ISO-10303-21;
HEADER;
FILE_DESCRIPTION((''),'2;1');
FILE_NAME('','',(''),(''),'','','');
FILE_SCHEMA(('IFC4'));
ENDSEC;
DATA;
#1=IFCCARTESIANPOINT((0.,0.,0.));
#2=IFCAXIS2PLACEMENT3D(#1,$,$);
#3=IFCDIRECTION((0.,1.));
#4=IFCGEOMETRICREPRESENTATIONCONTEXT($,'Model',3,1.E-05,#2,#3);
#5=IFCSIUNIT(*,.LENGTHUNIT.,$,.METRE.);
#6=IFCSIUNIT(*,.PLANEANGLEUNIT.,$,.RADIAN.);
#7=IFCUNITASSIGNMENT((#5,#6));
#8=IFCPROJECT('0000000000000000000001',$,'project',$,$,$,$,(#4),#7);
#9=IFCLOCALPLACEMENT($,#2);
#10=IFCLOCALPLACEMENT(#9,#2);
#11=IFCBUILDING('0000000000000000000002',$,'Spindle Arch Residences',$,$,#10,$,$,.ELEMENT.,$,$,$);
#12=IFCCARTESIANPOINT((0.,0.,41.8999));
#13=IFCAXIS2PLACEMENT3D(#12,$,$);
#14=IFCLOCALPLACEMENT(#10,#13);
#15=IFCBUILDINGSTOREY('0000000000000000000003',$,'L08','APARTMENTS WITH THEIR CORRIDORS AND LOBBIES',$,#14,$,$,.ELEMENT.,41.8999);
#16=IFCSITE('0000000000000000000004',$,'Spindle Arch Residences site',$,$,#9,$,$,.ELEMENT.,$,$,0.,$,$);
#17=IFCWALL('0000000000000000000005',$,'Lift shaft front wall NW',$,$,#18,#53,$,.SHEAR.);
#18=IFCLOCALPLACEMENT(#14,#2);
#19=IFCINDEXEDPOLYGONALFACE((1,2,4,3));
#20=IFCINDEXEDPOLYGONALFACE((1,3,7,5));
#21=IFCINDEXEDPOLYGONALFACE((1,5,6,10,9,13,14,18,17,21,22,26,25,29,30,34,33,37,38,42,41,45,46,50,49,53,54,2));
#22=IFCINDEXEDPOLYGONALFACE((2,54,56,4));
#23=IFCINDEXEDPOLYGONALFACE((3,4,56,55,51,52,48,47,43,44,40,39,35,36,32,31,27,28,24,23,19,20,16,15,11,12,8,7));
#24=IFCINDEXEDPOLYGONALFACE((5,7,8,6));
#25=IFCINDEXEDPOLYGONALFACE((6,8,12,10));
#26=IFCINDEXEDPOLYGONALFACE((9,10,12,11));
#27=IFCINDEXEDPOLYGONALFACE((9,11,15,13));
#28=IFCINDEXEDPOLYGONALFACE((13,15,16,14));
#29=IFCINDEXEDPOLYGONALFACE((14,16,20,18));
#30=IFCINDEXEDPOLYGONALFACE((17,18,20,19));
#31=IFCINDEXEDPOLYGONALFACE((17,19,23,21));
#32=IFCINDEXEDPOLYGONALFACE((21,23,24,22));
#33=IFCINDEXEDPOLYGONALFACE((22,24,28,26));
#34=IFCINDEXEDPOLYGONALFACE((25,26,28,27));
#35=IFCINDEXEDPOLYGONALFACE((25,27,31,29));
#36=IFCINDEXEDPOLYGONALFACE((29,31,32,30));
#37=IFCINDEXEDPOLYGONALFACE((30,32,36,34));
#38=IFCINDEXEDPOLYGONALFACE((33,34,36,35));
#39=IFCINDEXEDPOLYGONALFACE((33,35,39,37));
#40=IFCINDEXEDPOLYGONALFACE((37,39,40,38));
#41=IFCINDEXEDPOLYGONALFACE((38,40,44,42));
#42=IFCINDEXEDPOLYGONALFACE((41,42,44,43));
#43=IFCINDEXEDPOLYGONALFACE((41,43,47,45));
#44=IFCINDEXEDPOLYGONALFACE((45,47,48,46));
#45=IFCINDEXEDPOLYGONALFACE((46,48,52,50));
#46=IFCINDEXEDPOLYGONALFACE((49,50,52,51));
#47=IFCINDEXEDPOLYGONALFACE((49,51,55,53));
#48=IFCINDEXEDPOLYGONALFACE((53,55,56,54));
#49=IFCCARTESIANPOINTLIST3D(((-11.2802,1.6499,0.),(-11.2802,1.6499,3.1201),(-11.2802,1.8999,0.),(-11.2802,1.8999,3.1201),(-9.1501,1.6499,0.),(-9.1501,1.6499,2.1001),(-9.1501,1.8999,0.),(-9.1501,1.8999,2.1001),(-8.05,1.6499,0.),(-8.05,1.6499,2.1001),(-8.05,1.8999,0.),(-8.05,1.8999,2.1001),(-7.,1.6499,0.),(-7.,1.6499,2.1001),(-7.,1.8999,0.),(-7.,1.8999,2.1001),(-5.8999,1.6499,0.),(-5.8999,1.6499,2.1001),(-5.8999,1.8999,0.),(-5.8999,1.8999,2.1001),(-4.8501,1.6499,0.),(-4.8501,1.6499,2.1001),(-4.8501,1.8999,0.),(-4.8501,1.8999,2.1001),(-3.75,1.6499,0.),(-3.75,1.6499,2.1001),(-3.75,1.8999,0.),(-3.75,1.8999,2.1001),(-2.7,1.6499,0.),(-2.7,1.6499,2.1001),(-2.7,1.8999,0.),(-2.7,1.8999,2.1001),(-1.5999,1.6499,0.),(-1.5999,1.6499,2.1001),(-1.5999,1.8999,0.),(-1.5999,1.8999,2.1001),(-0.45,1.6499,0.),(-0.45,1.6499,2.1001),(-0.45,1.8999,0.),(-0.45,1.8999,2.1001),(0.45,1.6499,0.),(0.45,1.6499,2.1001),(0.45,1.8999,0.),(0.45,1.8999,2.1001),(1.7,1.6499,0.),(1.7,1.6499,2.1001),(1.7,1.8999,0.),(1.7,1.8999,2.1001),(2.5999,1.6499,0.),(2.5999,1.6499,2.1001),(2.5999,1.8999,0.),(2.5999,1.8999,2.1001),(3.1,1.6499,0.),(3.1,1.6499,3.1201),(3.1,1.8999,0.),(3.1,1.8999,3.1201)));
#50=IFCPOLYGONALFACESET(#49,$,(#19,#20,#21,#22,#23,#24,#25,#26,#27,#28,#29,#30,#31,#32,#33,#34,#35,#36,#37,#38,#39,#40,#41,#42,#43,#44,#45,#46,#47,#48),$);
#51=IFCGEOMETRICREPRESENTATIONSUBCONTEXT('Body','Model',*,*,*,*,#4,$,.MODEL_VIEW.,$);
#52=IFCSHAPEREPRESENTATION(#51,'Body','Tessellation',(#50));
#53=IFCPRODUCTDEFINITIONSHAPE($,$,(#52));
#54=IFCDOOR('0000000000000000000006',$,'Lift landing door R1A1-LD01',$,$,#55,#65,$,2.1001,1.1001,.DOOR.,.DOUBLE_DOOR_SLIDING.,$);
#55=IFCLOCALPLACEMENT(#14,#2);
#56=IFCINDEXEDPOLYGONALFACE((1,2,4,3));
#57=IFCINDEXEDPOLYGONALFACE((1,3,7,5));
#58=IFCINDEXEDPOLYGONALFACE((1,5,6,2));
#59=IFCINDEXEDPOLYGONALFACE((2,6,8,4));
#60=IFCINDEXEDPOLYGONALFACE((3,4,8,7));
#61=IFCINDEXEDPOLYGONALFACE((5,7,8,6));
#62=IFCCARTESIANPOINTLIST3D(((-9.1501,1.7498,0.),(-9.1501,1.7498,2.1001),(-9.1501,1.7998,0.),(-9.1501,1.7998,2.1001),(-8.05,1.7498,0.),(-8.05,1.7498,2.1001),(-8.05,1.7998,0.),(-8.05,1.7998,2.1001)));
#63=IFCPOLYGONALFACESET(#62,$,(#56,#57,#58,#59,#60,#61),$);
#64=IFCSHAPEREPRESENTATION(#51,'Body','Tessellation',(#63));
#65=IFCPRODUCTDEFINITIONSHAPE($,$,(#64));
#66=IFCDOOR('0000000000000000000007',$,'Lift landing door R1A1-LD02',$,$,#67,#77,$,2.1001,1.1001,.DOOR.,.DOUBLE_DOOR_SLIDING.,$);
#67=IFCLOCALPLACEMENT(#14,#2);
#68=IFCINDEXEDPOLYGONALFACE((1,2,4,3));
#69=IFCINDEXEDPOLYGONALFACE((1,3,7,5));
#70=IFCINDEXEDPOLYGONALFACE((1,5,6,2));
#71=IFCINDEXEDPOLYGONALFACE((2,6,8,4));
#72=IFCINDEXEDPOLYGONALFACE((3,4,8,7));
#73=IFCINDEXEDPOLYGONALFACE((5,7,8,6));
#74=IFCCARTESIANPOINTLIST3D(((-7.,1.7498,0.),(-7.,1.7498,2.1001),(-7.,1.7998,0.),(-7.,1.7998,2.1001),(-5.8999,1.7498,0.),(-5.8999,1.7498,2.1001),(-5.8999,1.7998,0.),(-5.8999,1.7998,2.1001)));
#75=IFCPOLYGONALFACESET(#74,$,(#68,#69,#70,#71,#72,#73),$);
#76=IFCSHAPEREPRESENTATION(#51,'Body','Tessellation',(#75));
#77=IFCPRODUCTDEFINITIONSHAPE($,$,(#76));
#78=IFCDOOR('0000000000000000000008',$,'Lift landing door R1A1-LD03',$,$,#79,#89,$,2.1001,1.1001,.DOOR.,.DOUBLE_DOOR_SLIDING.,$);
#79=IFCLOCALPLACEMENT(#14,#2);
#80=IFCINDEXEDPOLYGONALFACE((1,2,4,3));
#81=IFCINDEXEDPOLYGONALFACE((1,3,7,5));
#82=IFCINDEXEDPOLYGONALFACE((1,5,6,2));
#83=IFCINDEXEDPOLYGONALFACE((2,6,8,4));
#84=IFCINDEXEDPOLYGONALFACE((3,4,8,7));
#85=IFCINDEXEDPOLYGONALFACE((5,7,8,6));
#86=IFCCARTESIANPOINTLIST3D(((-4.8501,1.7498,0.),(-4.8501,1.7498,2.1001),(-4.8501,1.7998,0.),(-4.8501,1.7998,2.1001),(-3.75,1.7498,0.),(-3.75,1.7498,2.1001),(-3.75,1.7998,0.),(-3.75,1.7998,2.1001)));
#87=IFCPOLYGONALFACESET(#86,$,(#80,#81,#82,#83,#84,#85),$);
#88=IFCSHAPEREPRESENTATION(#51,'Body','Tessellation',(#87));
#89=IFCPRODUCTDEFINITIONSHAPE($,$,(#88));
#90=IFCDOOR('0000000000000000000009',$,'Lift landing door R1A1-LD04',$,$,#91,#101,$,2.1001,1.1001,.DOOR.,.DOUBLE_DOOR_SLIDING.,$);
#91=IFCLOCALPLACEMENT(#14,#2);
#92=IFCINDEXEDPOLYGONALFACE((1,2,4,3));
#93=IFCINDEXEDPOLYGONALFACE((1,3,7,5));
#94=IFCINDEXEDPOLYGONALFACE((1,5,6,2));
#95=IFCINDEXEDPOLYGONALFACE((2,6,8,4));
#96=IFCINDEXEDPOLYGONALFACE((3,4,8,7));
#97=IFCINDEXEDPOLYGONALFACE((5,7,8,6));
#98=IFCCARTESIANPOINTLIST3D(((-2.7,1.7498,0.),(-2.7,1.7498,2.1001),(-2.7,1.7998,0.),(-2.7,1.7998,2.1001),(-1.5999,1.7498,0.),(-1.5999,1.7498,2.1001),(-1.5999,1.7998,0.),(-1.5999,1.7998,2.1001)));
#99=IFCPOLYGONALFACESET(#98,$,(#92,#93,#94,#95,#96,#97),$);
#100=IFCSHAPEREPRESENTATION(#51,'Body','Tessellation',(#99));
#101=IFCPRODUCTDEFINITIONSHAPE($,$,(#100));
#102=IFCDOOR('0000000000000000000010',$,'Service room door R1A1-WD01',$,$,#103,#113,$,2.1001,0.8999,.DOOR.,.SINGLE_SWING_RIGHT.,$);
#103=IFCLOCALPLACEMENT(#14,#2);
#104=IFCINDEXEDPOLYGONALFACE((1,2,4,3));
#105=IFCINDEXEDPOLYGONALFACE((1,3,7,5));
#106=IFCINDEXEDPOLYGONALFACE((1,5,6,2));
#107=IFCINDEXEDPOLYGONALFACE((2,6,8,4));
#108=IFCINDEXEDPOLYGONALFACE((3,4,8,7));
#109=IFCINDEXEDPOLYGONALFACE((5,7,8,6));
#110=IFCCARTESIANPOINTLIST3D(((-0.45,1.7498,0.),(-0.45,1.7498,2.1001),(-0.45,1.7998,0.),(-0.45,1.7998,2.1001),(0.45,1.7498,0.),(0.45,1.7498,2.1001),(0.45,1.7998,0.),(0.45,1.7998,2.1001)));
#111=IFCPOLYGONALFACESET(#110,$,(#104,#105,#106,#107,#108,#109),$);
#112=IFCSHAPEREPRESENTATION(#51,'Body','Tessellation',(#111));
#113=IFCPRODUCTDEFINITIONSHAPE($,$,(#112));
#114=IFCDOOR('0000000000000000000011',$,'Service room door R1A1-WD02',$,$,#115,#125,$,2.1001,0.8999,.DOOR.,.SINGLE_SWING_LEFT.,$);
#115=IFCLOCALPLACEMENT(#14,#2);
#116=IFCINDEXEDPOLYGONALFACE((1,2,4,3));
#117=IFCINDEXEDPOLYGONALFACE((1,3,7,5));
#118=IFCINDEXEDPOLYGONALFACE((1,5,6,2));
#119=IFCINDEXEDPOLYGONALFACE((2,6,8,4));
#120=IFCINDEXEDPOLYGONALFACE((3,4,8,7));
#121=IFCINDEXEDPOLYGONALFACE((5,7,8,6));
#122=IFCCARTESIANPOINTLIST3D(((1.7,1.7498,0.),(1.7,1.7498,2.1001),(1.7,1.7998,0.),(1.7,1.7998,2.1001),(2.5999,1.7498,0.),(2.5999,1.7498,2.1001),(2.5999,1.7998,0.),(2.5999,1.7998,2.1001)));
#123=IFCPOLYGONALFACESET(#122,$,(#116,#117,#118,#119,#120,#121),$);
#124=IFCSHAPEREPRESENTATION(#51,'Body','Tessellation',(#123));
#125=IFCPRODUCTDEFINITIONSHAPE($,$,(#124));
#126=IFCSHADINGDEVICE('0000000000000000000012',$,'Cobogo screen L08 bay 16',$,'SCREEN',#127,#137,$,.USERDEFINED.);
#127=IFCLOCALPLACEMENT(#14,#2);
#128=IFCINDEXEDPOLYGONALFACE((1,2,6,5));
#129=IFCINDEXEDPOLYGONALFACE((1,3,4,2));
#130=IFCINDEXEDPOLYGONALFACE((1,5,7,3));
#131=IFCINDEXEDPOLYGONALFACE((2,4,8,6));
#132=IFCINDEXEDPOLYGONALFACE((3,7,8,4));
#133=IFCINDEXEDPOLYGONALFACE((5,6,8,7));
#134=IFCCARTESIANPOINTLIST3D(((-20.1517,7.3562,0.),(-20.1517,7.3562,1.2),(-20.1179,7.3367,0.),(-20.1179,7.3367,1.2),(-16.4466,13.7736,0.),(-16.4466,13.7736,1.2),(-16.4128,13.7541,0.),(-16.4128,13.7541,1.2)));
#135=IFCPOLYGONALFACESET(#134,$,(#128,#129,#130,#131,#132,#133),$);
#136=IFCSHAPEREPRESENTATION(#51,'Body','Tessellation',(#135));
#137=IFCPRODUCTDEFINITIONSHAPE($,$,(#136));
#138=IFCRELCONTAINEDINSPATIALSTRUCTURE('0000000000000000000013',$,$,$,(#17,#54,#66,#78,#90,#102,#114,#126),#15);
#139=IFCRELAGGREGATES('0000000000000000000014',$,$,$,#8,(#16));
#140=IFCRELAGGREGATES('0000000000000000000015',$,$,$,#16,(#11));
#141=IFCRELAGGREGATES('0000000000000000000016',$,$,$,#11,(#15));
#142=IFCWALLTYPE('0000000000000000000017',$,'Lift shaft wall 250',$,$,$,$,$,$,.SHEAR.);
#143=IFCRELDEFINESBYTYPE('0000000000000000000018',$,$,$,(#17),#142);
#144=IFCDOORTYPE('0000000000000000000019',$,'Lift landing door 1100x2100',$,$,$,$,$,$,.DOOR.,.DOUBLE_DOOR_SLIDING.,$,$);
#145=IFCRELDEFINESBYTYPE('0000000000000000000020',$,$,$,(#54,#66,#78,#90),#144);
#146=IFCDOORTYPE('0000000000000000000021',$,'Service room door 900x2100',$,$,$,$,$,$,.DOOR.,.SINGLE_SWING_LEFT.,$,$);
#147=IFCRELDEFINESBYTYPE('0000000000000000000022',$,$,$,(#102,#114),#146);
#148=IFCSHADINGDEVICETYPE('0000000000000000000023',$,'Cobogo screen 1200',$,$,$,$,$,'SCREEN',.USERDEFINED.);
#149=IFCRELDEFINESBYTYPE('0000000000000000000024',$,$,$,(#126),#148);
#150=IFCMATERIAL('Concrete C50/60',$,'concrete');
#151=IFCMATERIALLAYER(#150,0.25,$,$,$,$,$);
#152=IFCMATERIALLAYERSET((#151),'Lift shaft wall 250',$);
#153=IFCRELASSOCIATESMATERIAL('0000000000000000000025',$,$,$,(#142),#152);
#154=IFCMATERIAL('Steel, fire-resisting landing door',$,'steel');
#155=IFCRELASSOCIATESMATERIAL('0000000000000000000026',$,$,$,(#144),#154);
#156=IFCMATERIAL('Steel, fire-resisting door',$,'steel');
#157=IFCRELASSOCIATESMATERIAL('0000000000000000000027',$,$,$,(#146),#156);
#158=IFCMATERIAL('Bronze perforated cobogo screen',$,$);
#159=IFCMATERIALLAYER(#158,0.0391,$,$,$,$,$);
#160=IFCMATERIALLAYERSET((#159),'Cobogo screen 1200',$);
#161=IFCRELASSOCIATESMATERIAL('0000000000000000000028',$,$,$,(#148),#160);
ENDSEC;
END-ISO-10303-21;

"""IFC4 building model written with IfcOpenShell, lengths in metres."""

from ifc_helpers import new_model, si_unit, direction, frame, frame_2d, origin, origin_2d, place, context, subcontext, project, spatial, rectangle, extrude, material, layer, layer_set, type_object, element, fill, save


model = new_model("IFC4")

# Units and contexts
model_context = context("Model", 3, precision=1e-05, world=origin(), true_north=direction((0.0, 1.0)))
body_context = subcontext(model_context, "Body", "Model", "MODEL_VIEW")
ifc_project = project(units=[si_unit("LENGTHUNIT", "METRE"), si_unit("PLANEANGLEUNIT", "RADIAN")], contexts=[model_context])

# Site, building, storey
site_placement = place(None, origin())
site = spatial("IfcSite", under=ifc_project, at=site_placement, Name="Spindle Arch Residences site", CompositionType="ELEMENT", RefElevation=0.0)
building_placement = place(site_placement, origin())
building = spatial("IfcBuilding", under=site, at=building_placement, Name="Spindle Arch Residences", CompositionType="ELEMENT")
storey_placement = place(building_placement, frame((0.0, 0.0, 41.8999)))
storey = spatial("IfcBuildingStorey", under=building, at=storey_placement, Name="L08", Description="APARTMENTS WITH THEIR CORRIDORS AND LOBBIES", CompositionType="ELEMENT", Elevation=41.8999)

# Wall, openings, doors
ifc_material_1 = material(Name="Concrete C50/60", Category="concrete")
ifc_layer_1 = layer(ifc_material_1, 0.25)
ifc_layer_set_1 = layer_set([ifc_layer_1], Name="Lift shaft wall 250")
wall_type_1 = type_object("IfcWallType", Name="Lift shaft wall 250", PredefinedType="SHEAR", material=ifc_layer_set_1)
wall_1_placement = place(storey_placement, frame((-11.28, 1.7749, 0.0), z_axis=(0.0, 0.0, 1.0), x_axis=(1.0, 0.0, 0.0)))
wall_1 = element("IfcWall", 1, at=wall_1_placement, inside=storey, type_object=wall_type_1, Name="Lift shaft front wall NW", PredefinedType="SHEAR", context=body_context, shape_type="SweptSolid", body=[
    extrude(rectangle(XDim=14.3801, YDim=0.25, at=frame_2d((7.1899, 0.0))), origin(), (0.0, 0.0, 1.0), 3.1201),
])
opening_1_placement = place(wall_1_placement, frame((2.1299, 0.0, 0.0)))
opening_1 = element("IfcOpeningElement", 2, at=opening_1_placement, cuts=wall_1, PredefinedType="OPENING", context=body_context, shape_type="SweptSolid", body=[
    extrude(rectangle(XDim=1.1001, YDim=2.1001, at=frame_2d((0.55, 1.05))), frame((0.0, 0.135, 0.0), z_axis=(0.0, -1.0, 0.0), x_axis=(1.0, 0.0, 0.0)), (0.0, 0.0, 1.0), 0.27),
])
opening_2_placement = place(wall_1_placement, frame((4.28, 0.0, 0.0)))
opening_2 = element("IfcOpeningElement", 3, at=opening_2_placement, cuts=wall_1, PredefinedType="OPENING", context=body_context, shape_type="SweptSolid", body=[
    extrude(rectangle(XDim=1.1001, YDim=2.1001, at=frame_2d((0.55, 1.05))), frame((0.0, 0.135, 0.0), z_axis=(0.0, -1.0, 0.0), x_axis=(1.0, 0.0, 0.0)), (0.0, 0.0, 1.0), 0.27),
])
opening_3_placement = place(wall_1_placement, frame((6.4299, 0.0, 0.0)))
opening_3 = element("IfcOpeningElement", 4, at=opening_3_placement, cuts=wall_1, PredefinedType="OPENING", context=body_context, shape_type="SweptSolid", body=[
    extrude(rectangle(XDim=1.1001, YDim=2.1001, at=frame_2d((0.55, 1.05))), frame((0.0, 0.135, 0.0), z_axis=(0.0, -1.0, 0.0), x_axis=(1.0, 0.0, 0.0)), (0.0, 0.0, 1.0), 0.27),
])
opening_4_placement = place(wall_1_placement, frame((8.5801, 0.0, 0.0)))
opening_4 = element("IfcOpeningElement", 5, at=opening_4_placement, cuts=wall_1, PredefinedType="OPENING", context=body_context, shape_type="SweptSolid", body=[
    extrude(rectangle(XDim=1.1001, YDim=2.1001, at=frame_2d((0.55, 1.05))), frame((0.0, 0.135, 0.0), z_axis=(0.0, -1.0, 0.0), x_axis=(1.0, 0.0, 0.0)), (0.0, 0.0, 1.0), 0.27),
])
opening_5_placement = place(wall_1_placement, frame((10.8301, 0.0, 0.0)))
opening_5 = element("IfcOpeningElement", 6, at=opening_5_placement, cuts=wall_1, PredefinedType="OPENING", context=body_context, shape_type="SweptSolid", body=[
    extrude(rectangle(XDim=0.8999, YDim=2.1001, at=frame_2d((0.45, 1.05))), frame((0.0, 0.135, 0.0), z_axis=(0.0, -1.0, 0.0), x_axis=(1.0, 0.0, 0.0)), (0.0, 0.0, 1.0), 0.27),
])
opening_6_placement = place(wall_1_placement, frame((12.98, 0.0, 0.0)))
opening_6 = element("IfcOpeningElement", 7, at=opening_6_placement, cuts=wall_1, PredefinedType="OPENING", context=body_context, shape_type="SweptSolid", body=[
    extrude(rectangle(XDim=0.8999, YDim=2.1001, at=frame_2d((0.45, 1.05))), frame((0.0, 0.135, 0.0), z_axis=(0.0, -1.0, 0.0), x_axis=(1.0, 0.0, 0.0)), (0.0, 0.0, 1.0), 0.27),
])
ifc_material_2 = material(Name="Steel, fire-resisting landing door", Category="steel")
door_type_1 = type_object("IfcDoorType", Name="Lift landing door 1100x2100", OperationType="DOUBLE_DOOR_SLIDING", PredefinedType="DOOR", material=ifc_material_2)
door_1_placement = place(opening_1_placement, origin())
door_1 = element("IfcDoor", 8, at=door_1_placement, inside=storey, type_object=door_type_1, Name="Lift landing door R1A1-LD01", OperationType="DOUBLE_DOOR_SLIDING", OverallHeight=2.1001, OverallWidth=1.1001, PredefinedType="DOOR", context=body_context, shape_type="SweptSolid", body=[
    extrude(rectangle(XDim=1.1001, YDim=2.1001, at=frame_2d((0.55, 1.05))), frame((0.0, 0.0249, 0.0), z_axis=(0.0, -1.0, 0.0), x_axis=(1.0, 0.0, 0.0)), (0.0, 0.0, 1.0), 0.05),
])
fill(opening_1, door_1)
door_2_placement = place(opening_2_placement, origin())
door_2 = element("IfcDoor", 9, at=door_2_placement, inside=storey, type_object=door_type_1, Name="Lift landing door R1A1-LD02", OperationType="DOUBLE_DOOR_SLIDING", OverallHeight=2.1001, OverallWidth=1.1001, PredefinedType="DOOR", context=body_context, shape_type="SweptSolid", body=[
    extrude(rectangle(XDim=1.1001, YDim=2.1001, at=frame_2d((0.55, 1.05))), frame((0.0, 0.0249, 0.0), z_axis=(0.0, -1.0, 0.0), x_axis=(1.0, 0.0, 0.0)), (0.0, 0.0, 1.0), 0.05),
])
fill(opening_2, door_2)
door_3_placement = place(opening_3_placement, origin())
door_3 = element("IfcDoor", 10, at=door_3_placement, inside=storey, type_object=door_type_1, Name="Lift landing door R1A1-LD03", OperationType="DOUBLE_DOOR_SLIDING", OverallHeight=2.1001, OverallWidth=1.1001, PredefinedType="DOOR", context=body_context, shape_type="SweptSolid", body=[
    extrude(rectangle(XDim=1.1001, YDim=2.1001, at=frame_2d((0.55, 1.05))), frame((0.0, 0.0249, 0.0), z_axis=(0.0, -1.0, 0.0), x_axis=(1.0, 0.0, 0.0)), (0.0, 0.0, 1.0), 0.05),
])
fill(opening_3, door_3)
door_4_placement = place(opening_4_placement, origin())
door_4 = element("IfcDoor", 11, at=door_4_placement, inside=storey, type_object=door_type_1, Name="Lift landing door R1A1-LD04", OperationType="DOUBLE_DOOR_SLIDING", OverallHeight=2.1001, OverallWidth=1.1001, PredefinedType="DOOR", context=body_context, shape_type="SweptSolid", body=[
    extrude(rectangle(XDim=1.1001, YDim=2.1001, at=frame_2d((0.55, 1.05))), frame((0.0, 0.0249, 0.0), z_axis=(0.0, -1.0, 0.0), x_axis=(1.0, 0.0, 0.0)), (0.0, 0.0, 1.0), 0.05),
])
fill(opening_4, door_4)
ifc_material_3 = material(Name="Steel, fire-resisting door", Category="steel")
door_type_2 = type_object("IfcDoorType", Name="Service room door 900x2100", OperationType="SINGLE_SWING_LEFT", PredefinedType="DOOR", material=ifc_material_3)
door_5_placement = place(opening_5_placement, origin())
door_5 = element("IfcDoor", 12, at=door_5_placement, inside=storey, type_object=door_type_2, Name="Service room door R1A1-WD01", OperationType="SINGLE_SWING_RIGHT", OverallHeight=2.1001, OverallWidth=0.8999, PredefinedType="DOOR", context=body_context, shape_type="SweptSolid", body=[
    extrude(rectangle(XDim=0.8999, YDim=2.1001, at=frame_2d((0.45, 1.05))), frame((0.0, 0.0249, 0.0), z_axis=(0.0, -1.0, 0.0), x_axis=(1.0, 0.0, 0.0)), (0.0, 0.0, 1.0), 0.05),
])
fill(opening_5, door_5)
door_6_placement = place(opening_6_placement, origin())
door_6 = element("IfcDoor", 13, at=door_6_placement, inside=storey, type_object=door_type_2, Name="Service room door R1A1-WD02", OperationType="SINGLE_SWING_LEFT", OverallHeight=2.1001, OverallWidth=0.8999, PredefinedType="DOOR", context=body_context, shape_type="SweptSolid", body=[
    extrude(rectangle(XDim=0.8999, YDim=2.1001, at=frame_2d((0.45, 1.05))), frame((0.0, 0.0249, 0.0), z_axis=(0.0, -1.0, 0.0), x_axis=(1.0, 0.0, 0.0)), (0.0, 0.0, 1.0), 0.05),
])
fill(opening_6, door_6)

# Shading device
ifc_material_4 = material(Name="Bronze perforated cobogo screen")
ifc_layer_2 = layer(ifc_material_4, 0.0391)
ifc_layer_set_2 = layer_set([ifc_layer_2], Name="Cobogo screen 1200")
shading_device_type = type_object("IfcShadingDeviceType", Name="Cobogo screen 1200", ElementType="SCREEN", PredefinedType="USERDEFINED", material=ifc_layer_set_2)
shading_device_placement = place(storey_placement, frame((-18.2822, 10.5552, 0.0), z_axis=(0.0, 0.0, 1.0), x_axis=(-0.5, -0.866025, 0.0)))
element("IfcShadingDevice", 14, at=shading_device_placement, inside=storey, type_object=shading_device_type, Name="Cobogo screen L08 bay 16", ObjectType="SCREEN", PredefinedType="USERDEFINED", context=body_context, shape_type="SweptSolid", body=[
    extrude(rectangle(XDim=7.4102, YDim=0.0391, at=origin_2d()), origin(), (0.0, 0.0, 1.0), 1.2),
])

save(model, "model.ifc")
